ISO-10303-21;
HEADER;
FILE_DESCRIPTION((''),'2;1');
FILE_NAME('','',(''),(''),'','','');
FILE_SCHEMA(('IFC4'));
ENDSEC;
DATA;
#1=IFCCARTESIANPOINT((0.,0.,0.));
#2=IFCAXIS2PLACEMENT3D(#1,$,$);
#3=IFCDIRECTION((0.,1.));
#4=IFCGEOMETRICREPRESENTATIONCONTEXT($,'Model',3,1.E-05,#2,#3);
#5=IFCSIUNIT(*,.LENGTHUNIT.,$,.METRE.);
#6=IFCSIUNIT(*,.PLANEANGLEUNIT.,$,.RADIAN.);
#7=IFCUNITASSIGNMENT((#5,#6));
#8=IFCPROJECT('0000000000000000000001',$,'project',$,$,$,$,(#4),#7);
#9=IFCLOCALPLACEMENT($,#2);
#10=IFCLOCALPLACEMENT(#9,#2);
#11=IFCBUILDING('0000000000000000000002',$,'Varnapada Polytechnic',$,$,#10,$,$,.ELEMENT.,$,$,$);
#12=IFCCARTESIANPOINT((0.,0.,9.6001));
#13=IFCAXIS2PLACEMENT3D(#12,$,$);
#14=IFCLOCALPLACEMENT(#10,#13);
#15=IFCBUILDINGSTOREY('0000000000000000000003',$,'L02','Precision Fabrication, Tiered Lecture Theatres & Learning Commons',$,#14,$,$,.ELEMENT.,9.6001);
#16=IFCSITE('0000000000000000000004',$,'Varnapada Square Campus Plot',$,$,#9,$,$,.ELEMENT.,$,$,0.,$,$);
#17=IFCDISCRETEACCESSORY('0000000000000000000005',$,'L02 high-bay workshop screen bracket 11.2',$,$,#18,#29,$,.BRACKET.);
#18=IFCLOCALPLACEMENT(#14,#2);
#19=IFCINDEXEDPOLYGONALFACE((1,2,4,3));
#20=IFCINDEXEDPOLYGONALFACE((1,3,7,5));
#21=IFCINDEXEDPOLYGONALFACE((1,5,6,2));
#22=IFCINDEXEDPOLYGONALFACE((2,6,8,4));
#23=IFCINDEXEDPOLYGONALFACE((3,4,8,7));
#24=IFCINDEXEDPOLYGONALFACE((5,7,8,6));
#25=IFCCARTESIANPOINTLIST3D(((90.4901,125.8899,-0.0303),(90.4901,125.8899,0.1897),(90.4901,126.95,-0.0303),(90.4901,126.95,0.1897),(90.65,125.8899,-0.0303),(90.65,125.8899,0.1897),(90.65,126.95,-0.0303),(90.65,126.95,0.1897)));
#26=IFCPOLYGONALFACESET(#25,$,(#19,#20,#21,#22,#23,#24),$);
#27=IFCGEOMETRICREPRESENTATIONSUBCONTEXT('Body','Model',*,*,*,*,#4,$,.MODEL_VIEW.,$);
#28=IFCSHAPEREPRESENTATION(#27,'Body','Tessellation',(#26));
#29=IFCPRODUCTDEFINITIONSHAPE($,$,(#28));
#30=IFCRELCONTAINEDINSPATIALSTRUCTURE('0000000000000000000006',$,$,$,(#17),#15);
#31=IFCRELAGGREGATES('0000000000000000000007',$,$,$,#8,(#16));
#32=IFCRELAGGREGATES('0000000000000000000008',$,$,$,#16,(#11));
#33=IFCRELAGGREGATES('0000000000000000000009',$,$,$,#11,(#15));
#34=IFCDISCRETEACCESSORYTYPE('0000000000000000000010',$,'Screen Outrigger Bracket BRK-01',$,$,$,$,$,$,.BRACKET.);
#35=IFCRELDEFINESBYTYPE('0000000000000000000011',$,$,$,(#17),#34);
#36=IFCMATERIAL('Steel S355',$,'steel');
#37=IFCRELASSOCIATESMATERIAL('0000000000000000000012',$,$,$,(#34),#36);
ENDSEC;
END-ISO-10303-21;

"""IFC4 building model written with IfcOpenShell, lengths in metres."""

from ifc_helpers import new_model, si_unit, direction, frame, origin, origin_2d, place, context, subcontext, project, spatial, rectangle, extrude, material, type_object, element, save


model = new_model("IFC4")

# Units and contexts
model_context = context("Model", 3, precision=1e-05, world=origin(), true_north=direction((0.0, 1.0)))
body_context = subcontext(model_context, "Body", "Model", "MODEL_VIEW")
ifc_project = project(units=[si_unit("LENGTHUNIT", "METRE"), si_unit("PLANEANGLEUNIT", "RADIAN")], contexts=[model_context])

# Site, building, storey
site_placement = place(None, origin())
site = spatial("IfcSite", under=ifc_project, at=site_placement, Name="Varnapada Square Campus Plot", CompositionType="ELEMENT", RefElevation=0.0)
building_placement = place(site_placement, origin())
building = spatial("IfcBuilding", under=site, at=building_placement, Name="Varnapada Polytechnic", CompositionType="ELEMENT")
storey_placement = place(building_placement, frame((0.0, 0.0, 9.6001)))
storey = spatial("IfcBuildingStorey", under=building, at=storey_placement, Name="L02", Description="Precision Fabrication, Tiered Lecture Theatres & Learning Commons", CompositionType="ELEMENT", Elevation=9.6001)

# Discrete accessory
ifc_material_1 = material(Name="Steel S355", Category="steel")
discrete_accessory_type = type_object("IfcDiscreteAccessoryType", Name="Screen Outrigger Bracket BRK-01", PredefinedType="BRACKET", material=ifc_material_1)
for number, where, z_axis, x_axis, name in (
    (1, (90.5701, 126.4199, -0.0303), (0.0, 0.0, 1.0), (1.0, 0.0, 0.0), "L02 high-bay workshop screen bracket 11.2"),
):
    element("IfcDiscreteAccessory", number, at=place(storey_placement, frame(where, z_axis=z_axis, x_axis=x_axis)), inside=storey, type_object=discrete_accessory_type, Name=name, PredefinedType="BRACKET", context=body_context, shape_type="SweptSolid", body=[
        extrude(rectangle(XDim=0.1599, YDim=1.0601, at=origin_2d()), origin(), (0.0, 0.0, 1.0), 0.22),
    ])

save(model, "model.ifc")
